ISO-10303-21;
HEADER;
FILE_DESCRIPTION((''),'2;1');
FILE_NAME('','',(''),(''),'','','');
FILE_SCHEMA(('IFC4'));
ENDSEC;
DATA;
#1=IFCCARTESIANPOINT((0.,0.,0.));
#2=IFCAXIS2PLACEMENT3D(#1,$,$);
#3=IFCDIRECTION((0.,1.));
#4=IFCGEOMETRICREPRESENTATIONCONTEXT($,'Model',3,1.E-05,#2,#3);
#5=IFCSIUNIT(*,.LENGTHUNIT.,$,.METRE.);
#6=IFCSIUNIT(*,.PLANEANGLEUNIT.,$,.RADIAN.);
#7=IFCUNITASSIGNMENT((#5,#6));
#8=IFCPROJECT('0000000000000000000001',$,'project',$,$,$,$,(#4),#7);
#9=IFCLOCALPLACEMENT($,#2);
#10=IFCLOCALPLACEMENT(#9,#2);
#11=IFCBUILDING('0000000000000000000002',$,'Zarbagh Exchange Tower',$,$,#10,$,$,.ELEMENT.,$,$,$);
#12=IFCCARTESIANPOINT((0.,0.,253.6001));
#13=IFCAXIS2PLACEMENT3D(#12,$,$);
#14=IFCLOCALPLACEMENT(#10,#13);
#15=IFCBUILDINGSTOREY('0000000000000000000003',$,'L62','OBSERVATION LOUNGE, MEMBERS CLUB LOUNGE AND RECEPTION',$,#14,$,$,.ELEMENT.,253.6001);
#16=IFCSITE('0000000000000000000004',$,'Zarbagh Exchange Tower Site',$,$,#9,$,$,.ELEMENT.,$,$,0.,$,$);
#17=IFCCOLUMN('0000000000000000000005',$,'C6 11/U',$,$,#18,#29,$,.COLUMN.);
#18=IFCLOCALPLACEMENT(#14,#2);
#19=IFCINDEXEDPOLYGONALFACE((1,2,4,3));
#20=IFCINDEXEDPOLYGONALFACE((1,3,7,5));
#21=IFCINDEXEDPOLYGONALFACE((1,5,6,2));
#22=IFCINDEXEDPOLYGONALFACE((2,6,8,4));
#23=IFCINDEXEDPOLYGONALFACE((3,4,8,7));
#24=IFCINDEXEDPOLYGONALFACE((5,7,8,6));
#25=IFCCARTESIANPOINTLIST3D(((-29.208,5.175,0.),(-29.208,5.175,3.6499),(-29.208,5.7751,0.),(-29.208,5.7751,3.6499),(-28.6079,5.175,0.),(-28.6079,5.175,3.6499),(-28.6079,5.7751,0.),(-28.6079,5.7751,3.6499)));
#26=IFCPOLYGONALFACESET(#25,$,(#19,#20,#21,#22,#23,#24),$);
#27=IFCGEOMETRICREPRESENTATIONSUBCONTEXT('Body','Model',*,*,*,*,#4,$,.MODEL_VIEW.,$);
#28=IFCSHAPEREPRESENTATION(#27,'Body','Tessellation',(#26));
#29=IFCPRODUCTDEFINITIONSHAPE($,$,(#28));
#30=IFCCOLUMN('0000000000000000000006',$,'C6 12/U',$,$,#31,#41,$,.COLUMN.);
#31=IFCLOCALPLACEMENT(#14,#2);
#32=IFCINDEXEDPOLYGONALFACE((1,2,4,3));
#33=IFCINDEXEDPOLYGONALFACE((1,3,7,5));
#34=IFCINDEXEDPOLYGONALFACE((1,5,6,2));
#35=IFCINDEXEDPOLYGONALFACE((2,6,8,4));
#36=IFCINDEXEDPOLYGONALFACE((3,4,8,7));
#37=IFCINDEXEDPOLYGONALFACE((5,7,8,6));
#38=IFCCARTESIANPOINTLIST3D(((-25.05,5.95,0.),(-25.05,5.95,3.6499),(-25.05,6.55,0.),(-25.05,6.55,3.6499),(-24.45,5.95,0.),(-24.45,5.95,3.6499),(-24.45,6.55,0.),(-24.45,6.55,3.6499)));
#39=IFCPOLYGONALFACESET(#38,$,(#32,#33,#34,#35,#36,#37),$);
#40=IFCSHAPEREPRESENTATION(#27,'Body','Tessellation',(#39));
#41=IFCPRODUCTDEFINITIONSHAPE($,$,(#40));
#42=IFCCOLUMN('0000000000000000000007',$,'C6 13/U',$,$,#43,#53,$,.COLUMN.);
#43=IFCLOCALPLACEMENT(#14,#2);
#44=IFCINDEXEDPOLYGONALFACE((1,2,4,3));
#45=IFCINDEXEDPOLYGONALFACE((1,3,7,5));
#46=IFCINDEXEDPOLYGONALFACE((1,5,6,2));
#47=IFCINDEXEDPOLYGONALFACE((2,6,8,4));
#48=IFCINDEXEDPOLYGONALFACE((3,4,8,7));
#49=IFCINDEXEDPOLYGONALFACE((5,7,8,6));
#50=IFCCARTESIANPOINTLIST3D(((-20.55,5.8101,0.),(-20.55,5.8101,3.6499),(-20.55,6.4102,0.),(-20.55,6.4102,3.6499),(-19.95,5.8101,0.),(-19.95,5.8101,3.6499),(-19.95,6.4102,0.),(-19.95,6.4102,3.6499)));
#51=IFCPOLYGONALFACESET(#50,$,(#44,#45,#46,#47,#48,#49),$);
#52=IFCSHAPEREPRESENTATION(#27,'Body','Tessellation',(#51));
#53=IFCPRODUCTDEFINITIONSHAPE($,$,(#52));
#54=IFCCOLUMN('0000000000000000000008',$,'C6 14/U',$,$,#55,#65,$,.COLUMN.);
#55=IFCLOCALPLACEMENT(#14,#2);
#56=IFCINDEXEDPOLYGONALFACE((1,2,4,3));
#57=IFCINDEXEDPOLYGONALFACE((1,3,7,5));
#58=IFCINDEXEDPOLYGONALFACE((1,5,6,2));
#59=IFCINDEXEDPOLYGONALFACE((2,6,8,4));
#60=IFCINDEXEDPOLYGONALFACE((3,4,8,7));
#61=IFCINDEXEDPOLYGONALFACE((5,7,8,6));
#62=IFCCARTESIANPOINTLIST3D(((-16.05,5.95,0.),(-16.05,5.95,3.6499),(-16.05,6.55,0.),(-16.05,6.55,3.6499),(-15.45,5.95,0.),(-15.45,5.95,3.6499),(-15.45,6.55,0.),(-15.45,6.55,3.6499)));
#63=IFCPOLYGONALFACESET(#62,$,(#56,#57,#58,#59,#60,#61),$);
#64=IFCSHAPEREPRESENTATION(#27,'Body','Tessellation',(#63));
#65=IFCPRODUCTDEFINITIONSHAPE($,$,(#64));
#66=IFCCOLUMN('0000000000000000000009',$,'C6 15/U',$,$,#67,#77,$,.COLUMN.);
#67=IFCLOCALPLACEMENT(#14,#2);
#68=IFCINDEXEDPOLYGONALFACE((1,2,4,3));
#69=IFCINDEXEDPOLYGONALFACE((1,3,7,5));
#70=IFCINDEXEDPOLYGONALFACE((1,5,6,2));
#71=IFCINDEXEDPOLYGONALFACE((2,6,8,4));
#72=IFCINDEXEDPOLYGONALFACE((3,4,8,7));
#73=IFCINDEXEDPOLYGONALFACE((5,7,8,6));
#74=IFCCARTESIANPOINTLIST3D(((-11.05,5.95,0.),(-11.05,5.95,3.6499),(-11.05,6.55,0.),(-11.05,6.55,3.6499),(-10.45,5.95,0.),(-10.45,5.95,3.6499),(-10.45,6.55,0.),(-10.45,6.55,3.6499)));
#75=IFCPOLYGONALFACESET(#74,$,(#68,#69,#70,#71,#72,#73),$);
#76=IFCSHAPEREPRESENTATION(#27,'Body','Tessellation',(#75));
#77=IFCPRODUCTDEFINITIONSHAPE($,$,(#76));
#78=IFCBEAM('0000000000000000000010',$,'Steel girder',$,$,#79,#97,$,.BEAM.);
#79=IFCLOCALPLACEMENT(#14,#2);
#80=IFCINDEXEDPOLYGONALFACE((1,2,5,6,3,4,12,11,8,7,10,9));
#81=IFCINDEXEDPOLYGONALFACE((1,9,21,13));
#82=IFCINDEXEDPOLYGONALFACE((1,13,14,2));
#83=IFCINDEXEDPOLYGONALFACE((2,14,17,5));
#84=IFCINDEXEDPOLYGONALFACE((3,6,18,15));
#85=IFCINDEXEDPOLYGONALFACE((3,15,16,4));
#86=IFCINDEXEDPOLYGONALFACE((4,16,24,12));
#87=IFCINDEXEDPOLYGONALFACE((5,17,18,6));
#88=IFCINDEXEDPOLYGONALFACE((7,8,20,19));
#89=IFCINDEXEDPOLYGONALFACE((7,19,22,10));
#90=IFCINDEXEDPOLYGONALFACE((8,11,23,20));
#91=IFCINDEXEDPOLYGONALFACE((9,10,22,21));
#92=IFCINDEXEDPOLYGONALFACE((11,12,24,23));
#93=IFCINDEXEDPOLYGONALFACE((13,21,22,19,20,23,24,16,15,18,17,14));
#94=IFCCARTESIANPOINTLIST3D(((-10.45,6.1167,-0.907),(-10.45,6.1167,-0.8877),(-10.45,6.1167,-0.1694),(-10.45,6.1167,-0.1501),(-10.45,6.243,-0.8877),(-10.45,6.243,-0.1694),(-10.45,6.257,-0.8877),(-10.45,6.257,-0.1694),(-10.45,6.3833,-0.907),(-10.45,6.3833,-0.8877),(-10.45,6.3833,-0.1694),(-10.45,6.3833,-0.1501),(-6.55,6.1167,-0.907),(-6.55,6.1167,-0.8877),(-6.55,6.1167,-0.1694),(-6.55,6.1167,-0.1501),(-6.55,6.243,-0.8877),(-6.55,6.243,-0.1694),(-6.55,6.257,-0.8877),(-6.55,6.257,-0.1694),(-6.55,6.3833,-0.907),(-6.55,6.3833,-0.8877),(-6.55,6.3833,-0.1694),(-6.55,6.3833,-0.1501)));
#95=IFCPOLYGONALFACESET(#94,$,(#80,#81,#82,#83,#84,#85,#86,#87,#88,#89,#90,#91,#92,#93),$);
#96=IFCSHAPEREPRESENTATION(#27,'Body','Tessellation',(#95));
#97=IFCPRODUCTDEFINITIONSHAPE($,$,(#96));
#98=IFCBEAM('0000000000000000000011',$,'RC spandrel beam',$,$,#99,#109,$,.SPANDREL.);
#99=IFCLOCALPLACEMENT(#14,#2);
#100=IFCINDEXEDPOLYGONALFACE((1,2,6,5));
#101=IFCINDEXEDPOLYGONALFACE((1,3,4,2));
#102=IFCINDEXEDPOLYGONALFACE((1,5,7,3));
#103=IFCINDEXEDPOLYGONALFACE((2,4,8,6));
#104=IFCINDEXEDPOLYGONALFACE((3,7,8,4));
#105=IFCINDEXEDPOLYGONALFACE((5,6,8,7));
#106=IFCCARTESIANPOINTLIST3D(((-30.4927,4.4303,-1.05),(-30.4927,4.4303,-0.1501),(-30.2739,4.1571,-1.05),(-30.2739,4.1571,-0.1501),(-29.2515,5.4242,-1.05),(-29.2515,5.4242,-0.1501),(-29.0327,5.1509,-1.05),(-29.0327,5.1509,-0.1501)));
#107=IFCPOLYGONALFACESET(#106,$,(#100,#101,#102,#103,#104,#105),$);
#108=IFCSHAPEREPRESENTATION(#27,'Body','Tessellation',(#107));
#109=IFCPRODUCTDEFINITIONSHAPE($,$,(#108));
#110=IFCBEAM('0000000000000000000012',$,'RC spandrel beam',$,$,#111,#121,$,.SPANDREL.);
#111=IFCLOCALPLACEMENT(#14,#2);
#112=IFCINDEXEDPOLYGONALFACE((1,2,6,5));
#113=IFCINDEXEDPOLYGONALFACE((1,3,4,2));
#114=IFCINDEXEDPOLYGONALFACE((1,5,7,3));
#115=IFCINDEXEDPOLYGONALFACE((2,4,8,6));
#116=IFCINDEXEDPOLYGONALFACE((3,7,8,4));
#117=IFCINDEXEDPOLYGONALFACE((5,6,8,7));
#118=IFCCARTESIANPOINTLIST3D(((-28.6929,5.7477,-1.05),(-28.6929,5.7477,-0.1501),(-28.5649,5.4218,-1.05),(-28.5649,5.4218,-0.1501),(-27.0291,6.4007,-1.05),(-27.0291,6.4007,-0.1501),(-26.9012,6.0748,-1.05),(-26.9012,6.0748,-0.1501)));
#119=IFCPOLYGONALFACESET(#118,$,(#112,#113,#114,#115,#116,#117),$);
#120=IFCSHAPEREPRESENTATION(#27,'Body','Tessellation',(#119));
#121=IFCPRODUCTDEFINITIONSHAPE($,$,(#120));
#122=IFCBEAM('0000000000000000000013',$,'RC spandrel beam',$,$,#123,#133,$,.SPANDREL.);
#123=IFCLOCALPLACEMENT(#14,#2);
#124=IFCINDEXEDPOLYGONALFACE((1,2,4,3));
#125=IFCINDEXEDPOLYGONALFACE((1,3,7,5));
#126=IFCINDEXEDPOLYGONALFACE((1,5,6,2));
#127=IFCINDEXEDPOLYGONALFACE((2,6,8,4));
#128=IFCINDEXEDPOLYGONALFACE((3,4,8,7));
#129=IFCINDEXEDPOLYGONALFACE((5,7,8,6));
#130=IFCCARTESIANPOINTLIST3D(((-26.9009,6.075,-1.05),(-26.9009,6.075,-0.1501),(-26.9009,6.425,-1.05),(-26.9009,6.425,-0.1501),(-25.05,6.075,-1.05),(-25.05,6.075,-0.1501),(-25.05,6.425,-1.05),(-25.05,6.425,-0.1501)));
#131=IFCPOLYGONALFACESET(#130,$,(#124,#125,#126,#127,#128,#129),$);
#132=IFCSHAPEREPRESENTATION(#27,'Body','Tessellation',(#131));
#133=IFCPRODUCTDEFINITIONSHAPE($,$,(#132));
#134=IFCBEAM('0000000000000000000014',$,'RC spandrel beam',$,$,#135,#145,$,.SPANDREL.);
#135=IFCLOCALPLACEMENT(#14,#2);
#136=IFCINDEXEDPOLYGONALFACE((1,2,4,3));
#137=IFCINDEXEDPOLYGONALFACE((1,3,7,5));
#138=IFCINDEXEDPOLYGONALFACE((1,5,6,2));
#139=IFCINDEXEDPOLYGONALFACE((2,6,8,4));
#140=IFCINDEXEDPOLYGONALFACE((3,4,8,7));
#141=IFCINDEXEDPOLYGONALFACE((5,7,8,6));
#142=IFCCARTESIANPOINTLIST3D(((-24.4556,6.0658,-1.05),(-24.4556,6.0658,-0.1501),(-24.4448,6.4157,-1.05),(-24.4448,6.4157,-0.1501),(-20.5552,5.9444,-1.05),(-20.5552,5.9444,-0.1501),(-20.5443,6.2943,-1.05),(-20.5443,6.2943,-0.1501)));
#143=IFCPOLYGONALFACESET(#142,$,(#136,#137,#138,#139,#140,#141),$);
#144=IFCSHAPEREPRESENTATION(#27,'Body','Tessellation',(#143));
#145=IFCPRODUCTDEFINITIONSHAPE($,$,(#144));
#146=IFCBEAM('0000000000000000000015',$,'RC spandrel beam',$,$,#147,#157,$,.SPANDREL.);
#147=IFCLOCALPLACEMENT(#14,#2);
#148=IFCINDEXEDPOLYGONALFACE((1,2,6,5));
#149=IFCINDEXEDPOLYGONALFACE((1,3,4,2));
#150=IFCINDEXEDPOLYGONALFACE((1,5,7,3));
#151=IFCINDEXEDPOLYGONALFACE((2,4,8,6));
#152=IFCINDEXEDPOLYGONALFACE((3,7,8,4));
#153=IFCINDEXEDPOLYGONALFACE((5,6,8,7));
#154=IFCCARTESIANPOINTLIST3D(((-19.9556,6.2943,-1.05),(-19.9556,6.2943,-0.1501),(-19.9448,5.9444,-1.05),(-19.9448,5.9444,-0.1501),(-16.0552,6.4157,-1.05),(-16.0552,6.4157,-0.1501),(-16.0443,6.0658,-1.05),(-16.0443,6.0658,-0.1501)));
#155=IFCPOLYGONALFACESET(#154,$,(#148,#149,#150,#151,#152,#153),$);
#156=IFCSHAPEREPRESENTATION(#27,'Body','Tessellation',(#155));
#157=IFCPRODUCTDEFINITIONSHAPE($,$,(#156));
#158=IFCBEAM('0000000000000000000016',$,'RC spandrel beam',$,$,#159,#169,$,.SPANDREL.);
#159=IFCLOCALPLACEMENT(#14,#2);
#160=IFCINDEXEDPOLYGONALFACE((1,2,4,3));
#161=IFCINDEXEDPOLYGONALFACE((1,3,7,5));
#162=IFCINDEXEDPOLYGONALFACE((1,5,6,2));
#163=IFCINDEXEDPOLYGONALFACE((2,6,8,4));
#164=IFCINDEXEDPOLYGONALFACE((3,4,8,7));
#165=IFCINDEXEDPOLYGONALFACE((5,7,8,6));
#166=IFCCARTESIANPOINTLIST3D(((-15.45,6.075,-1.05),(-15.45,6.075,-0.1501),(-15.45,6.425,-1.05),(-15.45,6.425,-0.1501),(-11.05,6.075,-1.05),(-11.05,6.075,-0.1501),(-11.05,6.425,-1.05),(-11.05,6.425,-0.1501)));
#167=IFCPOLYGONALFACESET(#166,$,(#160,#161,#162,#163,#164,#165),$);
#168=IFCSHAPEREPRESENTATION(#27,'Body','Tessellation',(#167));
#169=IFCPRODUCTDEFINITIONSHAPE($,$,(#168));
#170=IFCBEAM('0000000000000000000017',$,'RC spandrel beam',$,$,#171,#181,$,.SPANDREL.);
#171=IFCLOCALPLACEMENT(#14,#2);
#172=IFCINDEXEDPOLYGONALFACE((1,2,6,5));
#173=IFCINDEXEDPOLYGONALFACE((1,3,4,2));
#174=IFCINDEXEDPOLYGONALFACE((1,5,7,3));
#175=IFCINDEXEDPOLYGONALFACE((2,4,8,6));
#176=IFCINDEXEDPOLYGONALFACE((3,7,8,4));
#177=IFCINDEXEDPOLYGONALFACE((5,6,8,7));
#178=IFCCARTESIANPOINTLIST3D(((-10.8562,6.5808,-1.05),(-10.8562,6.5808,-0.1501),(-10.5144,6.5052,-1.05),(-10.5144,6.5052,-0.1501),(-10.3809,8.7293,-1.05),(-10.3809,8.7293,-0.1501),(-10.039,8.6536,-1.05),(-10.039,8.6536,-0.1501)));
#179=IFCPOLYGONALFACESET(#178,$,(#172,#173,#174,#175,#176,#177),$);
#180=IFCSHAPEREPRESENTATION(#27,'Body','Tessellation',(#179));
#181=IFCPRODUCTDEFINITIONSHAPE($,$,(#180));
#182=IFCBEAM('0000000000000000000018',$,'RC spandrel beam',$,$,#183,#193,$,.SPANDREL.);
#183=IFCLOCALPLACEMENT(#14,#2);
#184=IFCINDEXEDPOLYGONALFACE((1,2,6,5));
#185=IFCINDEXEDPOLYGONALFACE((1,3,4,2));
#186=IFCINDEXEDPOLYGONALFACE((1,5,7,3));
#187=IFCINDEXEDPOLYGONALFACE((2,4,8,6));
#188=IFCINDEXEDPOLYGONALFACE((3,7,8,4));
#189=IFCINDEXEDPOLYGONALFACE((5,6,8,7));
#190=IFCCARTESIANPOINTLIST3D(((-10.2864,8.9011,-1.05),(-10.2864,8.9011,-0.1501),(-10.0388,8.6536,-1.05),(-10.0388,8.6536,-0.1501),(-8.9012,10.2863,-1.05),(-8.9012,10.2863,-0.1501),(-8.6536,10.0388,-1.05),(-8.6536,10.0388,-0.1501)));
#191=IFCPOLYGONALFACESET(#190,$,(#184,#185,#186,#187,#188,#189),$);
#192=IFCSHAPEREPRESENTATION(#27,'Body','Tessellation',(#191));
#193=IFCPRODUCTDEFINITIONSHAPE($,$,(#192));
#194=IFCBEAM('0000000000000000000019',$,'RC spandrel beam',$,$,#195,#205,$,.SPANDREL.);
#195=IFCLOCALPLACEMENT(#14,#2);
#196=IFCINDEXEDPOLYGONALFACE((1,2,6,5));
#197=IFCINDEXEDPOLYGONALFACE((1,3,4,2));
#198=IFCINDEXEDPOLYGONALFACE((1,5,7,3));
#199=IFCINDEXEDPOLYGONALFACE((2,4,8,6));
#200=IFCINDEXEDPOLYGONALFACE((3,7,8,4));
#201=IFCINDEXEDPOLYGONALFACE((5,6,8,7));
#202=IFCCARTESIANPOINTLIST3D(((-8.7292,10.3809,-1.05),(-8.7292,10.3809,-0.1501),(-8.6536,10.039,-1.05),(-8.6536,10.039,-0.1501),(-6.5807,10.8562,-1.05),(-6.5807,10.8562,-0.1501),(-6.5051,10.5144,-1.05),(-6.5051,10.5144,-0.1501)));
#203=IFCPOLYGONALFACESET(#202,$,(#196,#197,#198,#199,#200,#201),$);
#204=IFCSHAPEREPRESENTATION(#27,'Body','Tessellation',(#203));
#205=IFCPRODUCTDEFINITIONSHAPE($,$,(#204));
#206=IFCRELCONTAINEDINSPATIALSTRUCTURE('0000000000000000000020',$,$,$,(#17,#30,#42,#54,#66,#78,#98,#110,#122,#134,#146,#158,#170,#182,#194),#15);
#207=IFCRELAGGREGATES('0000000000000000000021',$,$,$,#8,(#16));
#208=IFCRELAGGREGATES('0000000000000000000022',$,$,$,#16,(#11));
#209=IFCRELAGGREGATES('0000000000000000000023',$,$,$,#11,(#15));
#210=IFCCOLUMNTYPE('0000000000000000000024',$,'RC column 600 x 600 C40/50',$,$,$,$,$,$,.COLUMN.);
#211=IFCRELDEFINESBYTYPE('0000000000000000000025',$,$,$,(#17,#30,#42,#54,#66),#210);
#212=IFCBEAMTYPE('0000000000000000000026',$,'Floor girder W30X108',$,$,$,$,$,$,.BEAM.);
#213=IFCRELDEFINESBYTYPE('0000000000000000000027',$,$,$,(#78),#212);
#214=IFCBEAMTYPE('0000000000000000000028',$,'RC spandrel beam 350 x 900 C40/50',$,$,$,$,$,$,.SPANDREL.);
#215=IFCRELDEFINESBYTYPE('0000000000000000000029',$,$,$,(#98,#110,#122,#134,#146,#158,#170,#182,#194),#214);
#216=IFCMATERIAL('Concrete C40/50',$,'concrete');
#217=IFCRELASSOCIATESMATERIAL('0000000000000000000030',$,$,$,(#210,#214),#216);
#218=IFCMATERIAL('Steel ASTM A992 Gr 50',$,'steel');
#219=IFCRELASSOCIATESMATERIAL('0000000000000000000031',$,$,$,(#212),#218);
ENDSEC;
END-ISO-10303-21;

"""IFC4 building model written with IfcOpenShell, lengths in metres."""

from ifc_helpers import new_model, si_unit, direction, frame, origin, origin_2d, place, context, subcontext, project, spatial, rectangle, i_section, extrude, material, material_profile, profile_set, type_object, element, save


model = new_model("IFC4")

# Units and contexts
model_context = context("Model", 3, precision=1e-05, world=origin(), true_north=direction((0.0, 1.0)))
body_context = subcontext(model_context, "Body", "Model", "MODEL_VIEW")
ifc_project = project(units=[si_unit("LENGTHUNIT", "METRE"), si_unit("PLANEANGLEUNIT", "RADIAN")], contexts=[model_context])

# Site, building, storey
site_placement = place(None, origin())
site = spatial("IfcSite", under=ifc_project, at=site_placement, Name="Zarbagh Exchange Tower Site", CompositionType="ELEMENT", RefElevation=0.0)
building_placement = place(site_placement, origin())
building = spatial("IfcBuilding", under=site, at=building_placement, Name="Zarbagh Exchange Tower", CompositionType="ELEMENT")
storey_placement = place(building_placement, frame((0.0, 0.0, 253.6001)))
storey = spatial("IfcBuildingStorey", under=building, at=storey_placement, Name="L62", Description="OBSERVATION LOUNGE, MEMBERS CLUB LOUNGE AND RECEPTION", CompositionType="ELEMENT", Elevation=253.6001)

# Columns
ifc_material_1 = material(Name="Concrete C40/50", Category="concrete")
ifc_material_profile_1 = material_profile(ifc_material_1, rectangle(XDim=0.6001, YDim=0.6001, at=origin_2d()), Name="RC column 600 x 600 C40/50")
ifc_profile_set_1 = profile_set([ifc_material_profile_1], Name="Concrete C40/50")
column_type = type_object("IfcColumnType", Name="RC column 600 x 600 C40/50", PredefinedType="COLUMN", material=ifc_profile_set_1)
for number, where, z_axis, x_axis, name in (
    (1, (-28.908, 5.4751, 0.0), (0.0, 0.0, 1.0), (1.0, 0.0, 0.0), "C6 11/U"),
    (2, (-24.75, 6.25, 0.0), (0.0, 0.0, 1.0), (1.0, 0.0, 0.0), "C6 12/U"),
    (3, (-20.25, 6.1101, 0.0), (0.0, 0.0, 1.0), (1.0, 0.0, 0.0), "C6 13/U"),
    (4, (-15.75, 6.25, 0.0), (0.0, 0.0, 1.0), (1.0, 0.0, 0.0), "C6 14/U"),
    (5, (-10.75, 6.25, 0.0), (0.0, 0.0, 1.0), (1.0, 0.0, 0.0), "C6 15/U"),
):
    element("IfcColumn", number, at=place(storey_placement, frame(where, z_axis=z_axis, x_axis=x_axis)), inside=storey, type_object=column_type, Name=name, PredefinedType="COLUMN", context=body_context, shape_type="SweptSolid", body=[
        extrude(rectangle(XDim=0.6001, YDim=0.6001, at=origin_2d()), origin(), (0.0, 0.0, 1.0), 3.6499),
    ])

# Beams
ifc_material_2 = material(Name="Steel ASTM A992 Gr 50", Category="steel")
ifc_material_profile_2 = material_profile(ifc_material_2, i_section(OverallWidth=0.2666, OverallDepth=0.7568, WebThickness=0.0139, FlangeThickness=0.0193, at=origin_2d()), Name="W30X108")
ifc_profile_set_2 = profile_set([ifc_material_profile_2], Name="Steel ASTM A992 Gr 50")
beam_type_1 = type_object("IfcBeamType", Name="Floor girder W30X108", PredefinedType="BEAM", material=ifc_profile_set_2)
beam_1_placement = place(storey_placement, frame((-10.45, 6.25, -0.5286), z_axis=(1.0, 0.0, 0.0), x_axis=(0.0, 1.0, 0.0)))
element("IfcBeam", 6, at=beam_1_placement, inside=storey, type_object=beam_type_1, Name="Steel girder", PredefinedType="BEAM", context=body_context, shape_type="SweptSolid", body=[
    extrude(i_section(OverallWidth=0.2666, OverallDepth=0.7568, WebThickness=0.0139, FlangeThickness=0.0193, at=origin_2d()), origin(), (0.0, 0.0, 1.0), 3.8999),
])
ifc_material_profile_3 = material_profile(ifc_material_1, rectangle(XDim=0.3501, YDim=0.8999, at=origin_2d()), Name="RC spandrel beam 350 x 900 C40/50")
ifc_profile_set_3 = profile_set([ifc_material_profile_3], Name="Concrete C40/50")
beam_type_2 = type_object("IfcBeamType", Name="RC spandrel beam 350 x 900 C40/50", PredefinedType="SPANDREL", material=ifc_profile_set_3)
beam_2_placement = place(storey_placement, frame((-30.3833, 4.2937, -0.6001), z_axis=(0.780584, 0.625051, 0.0), x_axis=(-0.625051, 0.780584, 0.0)))
element("IfcBeam", 7, at=beam_2_placement, inside=storey, type_object=beam_type_2, Name="RC spandrel beam", PredefinedType="SPANDREL", context=body_context, shape_type="SweptSolid", body=[
    extrude(rectangle(XDim=0.3501, YDim=0.8999, at=origin_2d()), origin(), (0.0, 0.0, 1.0), 1.5901),
])
beam_3_placement = place(storey_placement, frame((-28.6289, 5.5847, -0.6001), z_axis=(0.930859, 0.365378, 0.0), x_axis=(-0.365378, 0.930859, 0.0)))
element("IfcBeam", 8, at=beam_3_placement, inside=storey, type_object=beam_type_2, Name="RC spandrel beam", PredefinedType="SPANDREL", context=body_context, shape_type="SweptSolid", body=[
    extrude(rectangle(XDim=0.3501, YDim=0.8999, at=origin_2d()), origin(), (0.0, 0.0, 1.0), 1.7874),
])
beam_4_placement = place(storey_placement, frame((-26.9009, 6.25, -0.6001), z_axis=(1.0, 0.0, 0.0), x_axis=(0.0, 1.0, 0.0)))
element("IfcBeam", 9, at=beam_4_placement, inside=storey, type_object=beam_type_2, Name="RC spandrel beam", PredefinedType="SPANDREL", context=body_context, shape_type="SweptSolid", body=[
    extrude(rectangle(XDim=0.3501, YDim=0.8999, at=origin_2d()), origin(), (0.0, 0.0, 1.0), 1.8508),
])
for number, where, z_axis, x_axis, name in (
    (10, (-24.4502, 6.2407, -0.6001), (0.999516, -0.031094, 0.0), (0.031094, 0.999516, 0.0), "RC spandrel beam"),
    (11, (-19.9502, 6.1194, -0.6001), (0.999516, 0.031094, 0.0), (-0.031094, 0.999516, 0.0), "RC spandrel beam"),
):
    element("IfcBeam", number, at=place(storey_placement, frame(where, z_axis=z_axis, x_axis=x_axis)), inside=storey, type_object=beam_type_2, Name=name, PredefinedType="SPANDREL", context=body_context, shape_type="SweptSolid", body=[
        extrude(rectangle(XDim=0.3501, YDim=0.8999, at=origin_2d()), origin(), (0.0, 0.0, 1.0), 3.9023),
    ])
beam_5_placement = place(storey_placement, frame((-15.45, 6.25, -0.6001), z_axis=(1.0, 0.0, 0.0), x_axis=(0.0, 1.0, 0.0)))
element("IfcBeam", 12, at=beam_5_placement, inside=storey, type_object=beam_type_2, Name="RC spandrel beam", PredefinedType="SPANDREL", context=body_context, shape_type="SweptSolid", body=[
    extrude(rectangle(XDim=0.3501, YDim=0.8999, at=origin_2d()), origin(), (0.0, 0.0, 1.0), 4.3999),
])
beam_6_placement = place(storey_placement, frame((-10.6853, 6.543, -0.6001), z_axis=(0.216026, 0.976388, 0.0), x_axis=(-0.976388, 0.216026, 0.0)))
element("IfcBeam", 13, at=beam_6_placement, inside=storey, type_object=beam_type_2, Name="RC spandrel beam", PredefinedType="SPANDREL", context=body_context, shape_type="SweptSolid", body=[
    extrude(rectangle(XDim=0.3501, YDim=0.8999, at=origin_2d()), origin(), (0.0, 0.0, 1.0), 2.2004),
])
beam_7_placement = place(storey_placement, frame((-10.1626, 8.7773, -0.6001), z_axis=(0.707107, 0.707107, 0.0), x_axis=(-0.707107, 0.707107, 0.0)))
element("IfcBeam", 14, at=beam_7_placement, inside=storey, type_object=beam_type_2, Name="RC spandrel beam", PredefinedType="SPANDREL", context=body_context, shape_type="SweptSolid", body=[
    extrude(rectangle(XDim=0.3501, YDim=0.8999, at=origin_2d()), origin(), (0.0, 0.0, 1.0), 1.959),
])
beam_8_placement = place(storey_placement, frame((-8.6914, 10.21, -0.6001), z_axis=(0.976388, 0.216026, 0.0), x_axis=(-0.216026, 0.976388, 0.0)))
element("IfcBeam", 15, at=beam_8_placement, inside=storey, type_object=beam_type_2, Name="RC spandrel beam", PredefinedType="SPANDREL", context=body_context, shape_type="SweptSolid", body=[
    extrude(rectangle(XDim=0.3501, YDim=0.8999, at=origin_2d()), origin(), (0.0, 0.0, 1.0), 2.2004),
])

save(model, "model.ifc")
